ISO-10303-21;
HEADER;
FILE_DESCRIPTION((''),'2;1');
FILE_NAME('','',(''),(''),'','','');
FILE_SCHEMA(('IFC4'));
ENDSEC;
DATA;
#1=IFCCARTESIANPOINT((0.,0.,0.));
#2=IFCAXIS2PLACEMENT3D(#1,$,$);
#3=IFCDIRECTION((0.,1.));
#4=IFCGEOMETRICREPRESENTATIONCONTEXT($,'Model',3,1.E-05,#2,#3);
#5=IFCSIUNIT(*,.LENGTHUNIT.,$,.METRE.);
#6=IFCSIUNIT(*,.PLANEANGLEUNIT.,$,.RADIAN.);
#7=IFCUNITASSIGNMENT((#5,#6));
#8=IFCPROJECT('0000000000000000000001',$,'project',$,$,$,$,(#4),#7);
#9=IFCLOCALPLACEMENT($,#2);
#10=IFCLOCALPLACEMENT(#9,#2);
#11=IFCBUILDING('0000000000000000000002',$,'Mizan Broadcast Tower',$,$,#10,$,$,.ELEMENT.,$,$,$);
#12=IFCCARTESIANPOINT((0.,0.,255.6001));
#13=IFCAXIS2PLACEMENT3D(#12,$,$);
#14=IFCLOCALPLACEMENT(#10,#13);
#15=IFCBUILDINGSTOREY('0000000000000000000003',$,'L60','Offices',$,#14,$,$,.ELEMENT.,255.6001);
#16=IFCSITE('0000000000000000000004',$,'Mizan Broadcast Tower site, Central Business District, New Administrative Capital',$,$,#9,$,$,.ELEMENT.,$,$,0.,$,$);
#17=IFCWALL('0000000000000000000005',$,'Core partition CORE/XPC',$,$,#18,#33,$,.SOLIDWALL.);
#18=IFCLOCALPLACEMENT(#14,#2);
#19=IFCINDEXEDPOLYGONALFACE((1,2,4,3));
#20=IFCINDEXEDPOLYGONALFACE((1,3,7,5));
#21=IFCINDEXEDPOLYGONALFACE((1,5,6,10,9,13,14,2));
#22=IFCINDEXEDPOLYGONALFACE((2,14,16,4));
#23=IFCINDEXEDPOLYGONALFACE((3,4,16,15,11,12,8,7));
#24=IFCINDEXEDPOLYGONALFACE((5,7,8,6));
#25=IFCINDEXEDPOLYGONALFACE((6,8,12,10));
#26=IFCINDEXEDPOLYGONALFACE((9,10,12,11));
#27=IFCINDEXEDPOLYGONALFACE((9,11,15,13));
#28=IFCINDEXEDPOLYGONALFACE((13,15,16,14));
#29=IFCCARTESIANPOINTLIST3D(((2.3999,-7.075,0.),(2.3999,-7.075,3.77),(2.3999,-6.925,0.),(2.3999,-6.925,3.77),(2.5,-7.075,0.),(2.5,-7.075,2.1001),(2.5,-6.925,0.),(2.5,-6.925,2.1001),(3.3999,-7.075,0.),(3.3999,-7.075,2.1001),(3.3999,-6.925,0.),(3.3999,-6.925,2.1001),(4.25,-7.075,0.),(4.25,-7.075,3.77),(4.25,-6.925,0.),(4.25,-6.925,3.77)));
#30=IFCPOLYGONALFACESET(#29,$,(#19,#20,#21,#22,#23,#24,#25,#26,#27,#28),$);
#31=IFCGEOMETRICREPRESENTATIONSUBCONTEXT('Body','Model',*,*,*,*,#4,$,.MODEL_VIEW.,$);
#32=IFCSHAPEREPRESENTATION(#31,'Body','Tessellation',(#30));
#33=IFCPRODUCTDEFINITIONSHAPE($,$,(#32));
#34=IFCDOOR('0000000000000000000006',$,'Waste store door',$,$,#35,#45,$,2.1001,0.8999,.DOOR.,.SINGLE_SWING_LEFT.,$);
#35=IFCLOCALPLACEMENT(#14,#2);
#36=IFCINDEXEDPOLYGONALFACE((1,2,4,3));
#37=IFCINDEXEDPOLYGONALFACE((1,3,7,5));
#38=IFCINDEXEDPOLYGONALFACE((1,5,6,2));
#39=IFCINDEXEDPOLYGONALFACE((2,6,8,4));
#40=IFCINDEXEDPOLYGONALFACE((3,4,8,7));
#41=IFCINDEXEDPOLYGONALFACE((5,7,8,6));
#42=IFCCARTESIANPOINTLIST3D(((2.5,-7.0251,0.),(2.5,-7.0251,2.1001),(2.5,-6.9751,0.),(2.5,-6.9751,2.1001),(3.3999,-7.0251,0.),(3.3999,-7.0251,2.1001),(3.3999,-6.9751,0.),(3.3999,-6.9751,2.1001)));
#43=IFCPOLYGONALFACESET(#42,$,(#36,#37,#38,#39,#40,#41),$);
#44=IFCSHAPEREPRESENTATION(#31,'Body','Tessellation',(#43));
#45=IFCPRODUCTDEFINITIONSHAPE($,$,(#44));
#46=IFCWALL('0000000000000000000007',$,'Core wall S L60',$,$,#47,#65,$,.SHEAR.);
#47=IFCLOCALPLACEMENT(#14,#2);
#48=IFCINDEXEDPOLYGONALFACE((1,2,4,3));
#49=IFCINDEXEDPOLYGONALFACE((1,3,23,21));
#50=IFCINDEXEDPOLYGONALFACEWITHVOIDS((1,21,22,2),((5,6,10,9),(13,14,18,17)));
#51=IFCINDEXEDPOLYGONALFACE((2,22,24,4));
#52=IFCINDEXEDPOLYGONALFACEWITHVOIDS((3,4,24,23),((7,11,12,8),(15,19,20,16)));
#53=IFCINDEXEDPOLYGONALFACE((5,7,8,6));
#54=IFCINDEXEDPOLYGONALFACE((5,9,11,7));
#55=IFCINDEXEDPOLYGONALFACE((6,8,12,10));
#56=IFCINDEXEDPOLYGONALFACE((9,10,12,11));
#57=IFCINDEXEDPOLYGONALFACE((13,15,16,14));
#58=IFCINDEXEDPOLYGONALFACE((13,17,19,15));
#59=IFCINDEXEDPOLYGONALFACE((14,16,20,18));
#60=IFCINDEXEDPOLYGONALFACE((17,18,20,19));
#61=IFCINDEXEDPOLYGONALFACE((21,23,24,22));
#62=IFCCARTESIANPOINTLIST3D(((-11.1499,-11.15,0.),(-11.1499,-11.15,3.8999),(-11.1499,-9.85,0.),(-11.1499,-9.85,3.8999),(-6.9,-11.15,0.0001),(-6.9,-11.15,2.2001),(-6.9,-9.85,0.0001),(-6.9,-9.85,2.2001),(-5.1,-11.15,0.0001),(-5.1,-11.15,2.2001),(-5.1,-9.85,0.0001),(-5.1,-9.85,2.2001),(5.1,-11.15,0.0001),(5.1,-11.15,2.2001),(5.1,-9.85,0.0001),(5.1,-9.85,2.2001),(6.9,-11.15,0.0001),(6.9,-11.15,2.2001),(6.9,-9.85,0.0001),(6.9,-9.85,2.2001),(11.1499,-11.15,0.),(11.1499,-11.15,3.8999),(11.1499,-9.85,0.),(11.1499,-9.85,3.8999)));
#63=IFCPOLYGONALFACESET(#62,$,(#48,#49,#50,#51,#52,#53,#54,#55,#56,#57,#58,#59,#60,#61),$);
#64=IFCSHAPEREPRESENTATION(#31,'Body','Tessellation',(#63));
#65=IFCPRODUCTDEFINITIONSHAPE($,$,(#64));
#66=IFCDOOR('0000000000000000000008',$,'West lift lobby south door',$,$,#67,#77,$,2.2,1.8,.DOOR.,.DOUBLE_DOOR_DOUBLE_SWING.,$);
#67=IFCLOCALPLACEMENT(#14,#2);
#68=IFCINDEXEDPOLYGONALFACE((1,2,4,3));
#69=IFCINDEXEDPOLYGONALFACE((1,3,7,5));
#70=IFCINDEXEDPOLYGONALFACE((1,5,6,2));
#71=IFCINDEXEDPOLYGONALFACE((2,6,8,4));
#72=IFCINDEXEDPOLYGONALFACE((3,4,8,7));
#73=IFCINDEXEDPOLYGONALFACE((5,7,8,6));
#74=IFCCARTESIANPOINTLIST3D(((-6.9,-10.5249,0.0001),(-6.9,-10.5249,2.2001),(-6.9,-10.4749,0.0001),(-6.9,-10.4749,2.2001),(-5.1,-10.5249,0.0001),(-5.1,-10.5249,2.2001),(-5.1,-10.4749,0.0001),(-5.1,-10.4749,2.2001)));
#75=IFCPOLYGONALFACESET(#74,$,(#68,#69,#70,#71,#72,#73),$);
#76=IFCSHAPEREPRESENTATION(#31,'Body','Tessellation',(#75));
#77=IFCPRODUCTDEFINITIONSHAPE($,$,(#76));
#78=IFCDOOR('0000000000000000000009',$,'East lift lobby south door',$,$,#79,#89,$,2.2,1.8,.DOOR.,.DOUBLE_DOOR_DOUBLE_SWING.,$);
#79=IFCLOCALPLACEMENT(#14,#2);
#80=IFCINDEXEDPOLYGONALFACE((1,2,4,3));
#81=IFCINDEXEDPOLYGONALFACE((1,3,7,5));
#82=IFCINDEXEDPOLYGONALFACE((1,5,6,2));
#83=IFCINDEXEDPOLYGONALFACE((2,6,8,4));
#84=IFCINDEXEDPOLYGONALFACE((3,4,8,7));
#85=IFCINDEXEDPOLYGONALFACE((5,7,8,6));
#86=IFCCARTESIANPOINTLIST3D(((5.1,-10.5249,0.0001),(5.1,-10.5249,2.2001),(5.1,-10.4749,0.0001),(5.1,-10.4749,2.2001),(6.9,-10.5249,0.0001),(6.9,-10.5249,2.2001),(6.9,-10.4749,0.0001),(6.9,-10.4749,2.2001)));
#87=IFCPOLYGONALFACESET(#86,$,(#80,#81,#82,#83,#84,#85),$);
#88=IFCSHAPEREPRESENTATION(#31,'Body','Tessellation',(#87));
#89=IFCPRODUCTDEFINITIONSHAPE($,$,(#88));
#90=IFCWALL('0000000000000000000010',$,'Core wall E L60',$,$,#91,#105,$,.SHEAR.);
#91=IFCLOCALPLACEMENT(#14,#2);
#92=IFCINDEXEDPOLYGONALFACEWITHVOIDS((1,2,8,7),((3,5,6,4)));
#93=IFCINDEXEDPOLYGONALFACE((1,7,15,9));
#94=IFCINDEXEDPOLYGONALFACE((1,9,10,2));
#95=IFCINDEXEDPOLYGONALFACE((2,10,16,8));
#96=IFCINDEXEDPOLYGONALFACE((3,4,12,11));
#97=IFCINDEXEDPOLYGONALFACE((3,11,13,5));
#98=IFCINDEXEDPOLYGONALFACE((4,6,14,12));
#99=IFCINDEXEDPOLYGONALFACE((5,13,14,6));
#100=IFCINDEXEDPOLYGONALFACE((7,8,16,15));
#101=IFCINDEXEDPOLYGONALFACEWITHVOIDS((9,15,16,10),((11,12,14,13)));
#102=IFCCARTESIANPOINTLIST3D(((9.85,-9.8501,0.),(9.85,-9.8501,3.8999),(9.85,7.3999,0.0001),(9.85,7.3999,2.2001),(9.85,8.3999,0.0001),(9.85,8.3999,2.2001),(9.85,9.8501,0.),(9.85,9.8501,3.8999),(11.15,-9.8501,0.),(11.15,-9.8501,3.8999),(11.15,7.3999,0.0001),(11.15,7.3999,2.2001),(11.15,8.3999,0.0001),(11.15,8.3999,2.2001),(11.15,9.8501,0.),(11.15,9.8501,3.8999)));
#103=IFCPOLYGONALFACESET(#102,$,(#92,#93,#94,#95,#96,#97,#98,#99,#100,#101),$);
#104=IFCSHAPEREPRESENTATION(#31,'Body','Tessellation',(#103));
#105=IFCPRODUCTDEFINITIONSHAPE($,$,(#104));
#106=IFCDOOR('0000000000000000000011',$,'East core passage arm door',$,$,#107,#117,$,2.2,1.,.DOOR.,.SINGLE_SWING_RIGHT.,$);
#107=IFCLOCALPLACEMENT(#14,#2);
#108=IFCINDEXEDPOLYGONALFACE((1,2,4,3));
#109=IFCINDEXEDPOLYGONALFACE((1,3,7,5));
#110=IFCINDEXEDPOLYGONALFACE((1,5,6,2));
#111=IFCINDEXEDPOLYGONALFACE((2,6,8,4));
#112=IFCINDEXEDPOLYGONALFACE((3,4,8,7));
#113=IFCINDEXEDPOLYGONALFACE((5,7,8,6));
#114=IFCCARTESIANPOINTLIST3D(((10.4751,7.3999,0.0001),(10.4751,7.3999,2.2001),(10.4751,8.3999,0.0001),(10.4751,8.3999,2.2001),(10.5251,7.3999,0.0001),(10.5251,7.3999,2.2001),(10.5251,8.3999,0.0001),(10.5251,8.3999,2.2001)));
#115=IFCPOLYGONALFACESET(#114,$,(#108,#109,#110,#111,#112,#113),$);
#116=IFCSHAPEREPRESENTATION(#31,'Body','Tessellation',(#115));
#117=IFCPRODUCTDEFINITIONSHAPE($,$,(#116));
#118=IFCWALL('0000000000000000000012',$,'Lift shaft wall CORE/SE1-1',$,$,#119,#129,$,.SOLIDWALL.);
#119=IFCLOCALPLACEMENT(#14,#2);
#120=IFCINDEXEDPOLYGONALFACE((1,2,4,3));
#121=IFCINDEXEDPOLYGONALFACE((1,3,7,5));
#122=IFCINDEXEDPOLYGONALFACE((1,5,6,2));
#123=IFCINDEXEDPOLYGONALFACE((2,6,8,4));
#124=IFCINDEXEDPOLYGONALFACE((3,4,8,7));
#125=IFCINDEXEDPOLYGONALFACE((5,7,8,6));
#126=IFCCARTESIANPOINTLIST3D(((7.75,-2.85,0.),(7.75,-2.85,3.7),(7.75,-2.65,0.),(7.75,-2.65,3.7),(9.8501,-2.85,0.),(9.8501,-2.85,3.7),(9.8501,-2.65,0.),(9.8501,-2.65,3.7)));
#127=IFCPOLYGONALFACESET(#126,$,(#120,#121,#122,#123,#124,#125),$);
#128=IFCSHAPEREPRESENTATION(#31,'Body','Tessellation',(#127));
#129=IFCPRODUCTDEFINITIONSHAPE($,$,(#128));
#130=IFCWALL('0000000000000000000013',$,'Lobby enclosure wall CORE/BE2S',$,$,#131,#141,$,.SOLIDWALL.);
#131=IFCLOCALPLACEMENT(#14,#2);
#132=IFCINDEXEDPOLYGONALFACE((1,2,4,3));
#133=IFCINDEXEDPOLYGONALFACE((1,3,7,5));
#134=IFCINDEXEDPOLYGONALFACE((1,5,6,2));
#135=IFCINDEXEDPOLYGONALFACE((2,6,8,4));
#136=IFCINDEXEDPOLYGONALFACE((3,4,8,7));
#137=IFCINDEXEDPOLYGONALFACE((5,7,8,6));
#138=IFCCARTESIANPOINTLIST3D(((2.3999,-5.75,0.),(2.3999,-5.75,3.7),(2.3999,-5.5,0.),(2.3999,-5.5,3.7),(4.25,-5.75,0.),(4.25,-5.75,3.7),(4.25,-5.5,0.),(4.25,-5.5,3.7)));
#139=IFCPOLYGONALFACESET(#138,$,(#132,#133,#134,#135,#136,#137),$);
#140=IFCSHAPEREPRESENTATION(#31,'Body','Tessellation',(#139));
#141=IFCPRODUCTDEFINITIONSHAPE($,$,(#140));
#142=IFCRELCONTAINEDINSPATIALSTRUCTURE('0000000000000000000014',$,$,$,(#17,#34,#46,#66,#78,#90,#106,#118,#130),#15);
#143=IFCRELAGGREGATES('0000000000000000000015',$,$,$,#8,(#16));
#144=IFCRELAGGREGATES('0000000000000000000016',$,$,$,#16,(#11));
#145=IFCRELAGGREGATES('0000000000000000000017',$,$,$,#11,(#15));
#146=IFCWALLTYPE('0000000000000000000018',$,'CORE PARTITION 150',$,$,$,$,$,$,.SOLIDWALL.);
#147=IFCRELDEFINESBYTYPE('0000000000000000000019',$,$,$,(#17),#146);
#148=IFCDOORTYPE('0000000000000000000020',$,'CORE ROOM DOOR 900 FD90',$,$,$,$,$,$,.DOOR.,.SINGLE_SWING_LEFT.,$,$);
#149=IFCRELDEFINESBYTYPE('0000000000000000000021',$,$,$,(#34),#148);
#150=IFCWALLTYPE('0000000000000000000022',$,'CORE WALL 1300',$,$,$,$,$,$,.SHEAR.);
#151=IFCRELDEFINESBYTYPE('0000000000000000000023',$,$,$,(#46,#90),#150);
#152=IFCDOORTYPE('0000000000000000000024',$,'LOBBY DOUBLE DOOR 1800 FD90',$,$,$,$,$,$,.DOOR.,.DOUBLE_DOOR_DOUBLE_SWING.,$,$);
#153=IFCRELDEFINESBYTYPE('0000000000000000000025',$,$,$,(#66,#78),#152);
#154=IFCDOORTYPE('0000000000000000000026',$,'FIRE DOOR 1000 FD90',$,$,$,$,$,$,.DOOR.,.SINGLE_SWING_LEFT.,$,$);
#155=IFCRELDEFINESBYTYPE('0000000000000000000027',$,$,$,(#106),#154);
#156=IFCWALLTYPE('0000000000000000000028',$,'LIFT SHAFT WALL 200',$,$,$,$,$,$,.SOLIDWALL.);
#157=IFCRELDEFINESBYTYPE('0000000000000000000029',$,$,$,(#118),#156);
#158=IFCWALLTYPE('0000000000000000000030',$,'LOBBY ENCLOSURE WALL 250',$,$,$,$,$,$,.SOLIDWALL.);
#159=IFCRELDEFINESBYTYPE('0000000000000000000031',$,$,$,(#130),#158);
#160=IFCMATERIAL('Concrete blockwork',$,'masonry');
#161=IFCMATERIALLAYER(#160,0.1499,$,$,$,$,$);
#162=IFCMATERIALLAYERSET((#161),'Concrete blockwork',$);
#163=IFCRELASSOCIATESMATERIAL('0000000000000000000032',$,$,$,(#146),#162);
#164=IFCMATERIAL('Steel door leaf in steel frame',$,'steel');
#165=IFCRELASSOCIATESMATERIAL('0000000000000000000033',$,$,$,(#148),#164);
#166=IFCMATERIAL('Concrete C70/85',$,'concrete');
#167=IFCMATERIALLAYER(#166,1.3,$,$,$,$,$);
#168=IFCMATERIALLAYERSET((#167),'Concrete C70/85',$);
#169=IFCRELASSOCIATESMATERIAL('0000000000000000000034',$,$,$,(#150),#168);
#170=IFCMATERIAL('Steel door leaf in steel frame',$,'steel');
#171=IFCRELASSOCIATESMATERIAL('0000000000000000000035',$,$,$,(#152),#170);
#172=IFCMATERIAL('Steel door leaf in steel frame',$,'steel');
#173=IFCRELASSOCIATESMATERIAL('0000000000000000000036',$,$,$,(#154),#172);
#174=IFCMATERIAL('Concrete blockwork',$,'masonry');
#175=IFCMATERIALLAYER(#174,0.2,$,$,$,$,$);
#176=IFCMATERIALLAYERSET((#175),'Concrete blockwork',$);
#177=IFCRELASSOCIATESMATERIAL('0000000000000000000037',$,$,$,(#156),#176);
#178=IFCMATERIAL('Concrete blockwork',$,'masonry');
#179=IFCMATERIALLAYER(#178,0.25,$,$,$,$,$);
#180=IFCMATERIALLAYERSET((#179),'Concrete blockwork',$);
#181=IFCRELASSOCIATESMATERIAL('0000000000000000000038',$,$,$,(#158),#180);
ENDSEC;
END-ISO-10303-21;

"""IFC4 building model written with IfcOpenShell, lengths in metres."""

from ifc_helpers import new_model, si_unit, direction, frame, frame_2d, origin, place, context, subcontext, project, spatial, rectangle, extrude, material, layer, layer_set, type_object, element, fill, save


model = new_model("IFC4")

# Units and contexts
model_context = context("Model", 3, precision=1e-05, world=origin(), true_north=direction((0.0, 1.0)))
body_context = subcontext(model_context, "Body", "Model", "MODEL_VIEW")
ifc_project = project(units=[si_unit("LENGTHUNIT", "METRE"), si_unit("PLANEANGLEUNIT", "RADIAN")], contexts=[model_context])

# Site, building, storey
site_placement = place(None, origin())
site = spatial("IfcSite", under=ifc_project, at=site_placement, Name="Mizan Broadcast Tower site, Central Business District, New Administrative Capital", CompositionType="ELEMENT", RefElevation=0.0)
building_placement = place(site_placement, origin())
building = spatial("IfcBuilding", under=site, at=building_placement, Name="Mizan Broadcast Tower", CompositionType="ELEMENT")
storey_placement = place(building_placement, frame((0.0, 0.0, 255.6001)))
storey = spatial("IfcBuildingStorey", under=building, at=storey_placement, Name="L60", Description="Offices", CompositionType="ELEMENT", Elevation=255.6001)

# Wall, opening, door
ifc_material_1 = material(Name="Concrete blockwork", Category="masonry")
ifc_layer_1 = layer(ifc_material_1, 0.1499)
ifc_layer_set_1 = layer_set([ifc_layer_1], Name="Concrete blockwork")
wall_type_1 = type_object("IfcWallType", Name="CORE PARTITION 150", PredefinedType="SOLIDWALL", material=ifc_layer_set_1)
wall_1_placement = place(storey_placement, frame((2.3999, -7.0, 0.0), z_axis=(0.0, 0.0, 1.0), x_axis=(1.0, 0.0, 0.0)))
wall_1 = element("IfcWall", 1, at=wall_1_placement, inside=storey, type_object=wall_type_1, Name="Core partition CORE/XPC", PredefinedType="SOLIDWALL", context=body_context, shape_type="SweptSolid", body=[
    extrude(rectangle(XDim=1.8501, YDim=0.1499, at=frame_2d((0.925, 0.0))), origin(), (0.0, 0.0, 1.0), 3.77),
])
opening_1_placement = place(wall_1_placement, frame((0.1001, 0.0, 0.0)))
opening_1 = element("IfcOpeningElement", 2, at=opening_1_placement, cuts=wall_1, PredefinedType="OPENING", context=body_context, shape_type="SweptSolid", body=[
    extrude(rectangle(XDim=0.8999, YDim=2.1001, at=frame_2d((0.45, 1.05))), frame((0.0, 0.085, 0.0), z_axis=(0.0, -1.0, 0.0), x_axis=(1.0, 0.0, 0.0)), (0.0, 0.0, 1.0), 0.1699),
])
ifc_material_2 = material(Name="Steel door leaf in steel frame", Category="steel")
door_type_1 = type_object("IfcDoorType", Name="CORE ROOM DOOR 900 FD90", OperationType="SINGLE_SWING_LEFT", PredefinedType="DOOR", material=ifc_material_2)
door_1_placement = place(opening_1_placement, origin())
door_1 = element("IfcDoor", 3, at=door_1_placement, inside=storey, type_object=door_type_1, Name="Waste store door", OperationType="SINGLE_SWING_LEFT", OverallHeight=2.1001, OverallWidth=0.8999, PredefinedType="DOOR", context=body_context, shape_type="SweptSolid", body=[
    extrude(rectangle(XDim=0.8999, YDim=2.1001, at=frame_2d((0.45, 1.05))), frame((0.0, 0.0249, 0.0), z_axis=(0.0, -1.0, 0.0), x_axis=(1.0, 0.0, 0.0)), (0.0, 0.0, 1.0), 0.05),
])
fill(opening_1, door_1)

# Wall, openings, doors
ifc_material_3 = material(Name="Concrete C70/85", Category="concrete")
ifc_layer_2 = layer(ifc_material_3, 1.3)
ifc_layer_set_2 = layer_set([ifc_layer_2], Name="Concrete C70/85")
wall_type_2 = type_object("IfcWallType", Name="CORE WALL 1300", PredefinedType="SHEAR", material=ifc_layer_set_2)
wall_2_placement = place(storey_placement, frame((11.1499, -10.5, 0.0), z_axis=(0.0, 0.0, 1.0), x_axis=(-1.0, 0.0, 0.0)))
wall_2 = element("IfcWall", 4, at=wall_2_placement, inside=storey, type_object=wall_type_2, Name="Core wall S L60", PredefinedType="SHEAR", context=body_context, shape_type="SweptSolid", body=[
    extrude(rectangle(XDim=22.2998, YDim=1.3, at=frame_2d((11.1499, 0.0))), origin(), (0.0, 0.0, 1.0), 3.8999),
])
opening_2_placement = place(wall_2_placement, frame((16.25, 0.0, 0.0)))
opening_2 = element("IfcOpeningElement", 5, at=opening_2_placement, cuts=wall_2, PredefinedType="OPENING", context=body_context, shape_type="SweptSolid", body=[
    extrude(rectangle(XDim=1.8, YDim=2.2, at=frame_2d((0.8999, 1.1001))), frame((0.0, 0.6599, 0.0), z_axis=(0.0, -1.0, 0.0), x_axis=(1.0, 0.0, 0.0)), (0.0, 0.0, 1.0), 1.3201),
])
opening_3_placement = place(wall_2_placement, frame((4.25, 0.0, 0.0)))
opening_3 = element("IfcOpeningElement", 6, at=opening_3_placement, cuts=wall_2, PredefinedType="OPENING", context=body_context, shape_type="SweptSolid", body=[
    extrude(rectangle(XDim=1.8, YDim=2.2, at=frame_2d((0.8999, 1.1001))), frame((0.0, 0.6599, 0.0), z_axis=(0.0, -1.0, 0.0), x_axis=(1.0, 0.0, 0.0)), (0.0, 0.0, 1.0), 1.3201),
])
ifc_material_4 = material(Name="Steel door leaf in steel frame", Category="steel")
door_type_2 = type_object("IfcDoorType", Name="LOBBY DOUBLE DOOR 1800 FD90", OperationType="DOUBLE_DOOR_DOUBLE_SWING", PredefinedType="DOOR", material=ifc_material_4)
door_2_placement = place(opening_2_placement, origin())
door_2 = element("IfcDoor", 7, at=door_2_placement, inside=storey, type_object=door_type_2, Name="West lift lobby south door", OperationType="DOUBLE_DOOR_DOUBLE_SWING", OverallHeight=2.2, OverallWidth=1.8, PredefinedType="DOOR", context=body_context, shape_type="SweptSolid", body=[
    extrude(rectangle(XDim=1.8, YDim=2.2, at=frame_2d((0.8999, 1.1001))), frame((0.0, 0.0249, 0.0), z_axis=(0.0, -1.0, 0.0), x_axis=(1.0, 0.0, 0.0)), (0.0, 0.0, 1.0), 0.05),
])
fill(opening_2, door_2)
door_3_placement = place(opening_3_placement, origin())
door_3 = element("IfcDoor", 8, at=door_3_placement, inside=storey, type_object=door_type_2, Name="East lift lobby south door", OperationType="DOUBLE_DOOR_DOUBLE_SWING", OverallHeight=2.2, OverallWidth=1.8, PredefinedType="DOOR", context=body_context, shape_type="SweptSolid", body=[
    extrude(rectangle(XDim=1.8, YDim=2.2, at=frame_2d((0.8999, 1.1001))), frame((0.0, 0.0249, 0.0), z_axis=(0.0, -1.0, 0.0), x_axis=(1.0, 0.0, 0.0)), (0.0, 0.0, 1.0), 0.05),
])
fill(opening_3, door_3)

# Wall, opening, door
wall_3_placement = place(storey_placement, frame((10.5, -9.8501, 0.0), z_axis=(0.0, 0.0, 1.0), x_axis=(0.0, 1.0, 0.0)))
wall_3 = element("IfcWall", 9, at=wall_3_placement, inside=storey, type_object=wall_type_2, Name="Core wall E L60", PredefinedType="SHEAR", context=body_context, shape_type="SweptSolid", body=[
    extrude(rectangle(XDim=19.7002, YDim=1.3, at=frame_2d((9.8501, 0.0))), origin(), (0.0, 0.0, 1.0), 3.8999),
])
opening_4_placement = place(wall_3_placement, frame((17.25, 0.0, 0.0)))
opening_4 = element("IfcOpeningElement", 10, at=opening_4_placement, cuts=wall_3, PredefinedType="OPENING", context=body_context, shape_type="SweptSolid", body=[
    extrude(rectangle(XDim=1.0, YDim=2.2, at=frame_2d((0.5, 1.1001))), frame((0.0, 0.6599, 0.0), z_axis=(0.0, -1.0, 0.0), x_axis=(1.0, 0.0, 0.0)), (0.0, 0.0, 1.0), 1.3201),
])
ifc_material_5 = material(Name="Steel door leaf in steel frame", Category="steel")
door_type_3 = type_object("IfcDoorType", Name="FIRE DOOR 1000 FD90", OperationType="SINGLE_SWING_LEFT", PredefinedType="DOOR", material=ifc_material_5)
door_4_placement = place(opening_4_placement, origin())
door_4 = element("IfcDoor", 11, at=door_4_placement, inside=storey, type_object=door_type_3, Name="East core passage arm door", OperationType="SINGLE_SWING_RIGHT", OverallHeight=2.2, OverallWidth=1.0, PredefinedType="DOOR", context=body_context, shape_type="SweptSolid", body=[
    extrude(rectangle(XDim=1.0, YDim=2.2, at=frame_2d((0.5, 1.1001))), frame((0.0, 0.0249, 0.0), z_axis=(0.0, -1.0, 0.0), x_axis=(1.0, 0.0, 0.0)), (0.0, 0.0, 1.0), 0.05),
])
fill(opening_4, door_4)

# Walls
ifc_material_6 = material(Name="Concrete blockwork", Category="masonry")
ifc_layer_3 = layer(ifc_material_6, 0.2)
ifc_layer_set_3 = layer_set([ifc_layer_3], Name="Concrete blockwork")
wall_type_3 = type_object("IfcWallType", Name="LIFT SHAFT WALL 200", PredefinedType="SOLIDWALL", material=ifc_layer_set_3)
wall_4_placement = place(storey_placement, frame((7.75, -2.75, 0.0), z_axis=(0.0, 0.0, 1.0), x_axis=(1.0, 0.0, 0.0)))
element("IfcWall", 12, at=wall_4_placement, inside=storey, type_object=wall_type_3, Name="Lift shaft wall CORE/SE1-1", PredefinedType="SOLIDWALL", context=body_context, shape_type="SweptSolid", body=[
    extrude(rectangle(XDim=2.1001, YDim=0.2, at=frame_2d((1.05, 0.0))), origin(), (0.0, 0.0, 1.0), 3.7),
])
ifc_material_7 = material(Name="Concrete blockwork", Category="masonry")
ifc_layer_4 = layer(ifc_material_7, 0.25)
ifc_layer_set_4 = layer_set([ifc_layer_4], Name="Concrete blockwork")
wall_type_4 = type_object("IfcWallType", Name="LOBBY ENCLOSURE WALL 250", PredefinedType="SOLIDWALL", material=ifc_layer_set_4)
wall_5_placement = place(storey_placement, frame((2.3999, -5.625, 0.0), z_axis=(0.0, 0.0, 1.0), x_axis=(1.0, 0.0, 0.0)))
element("IfcWall", 13, at=wall_5_placement, inside=storey, type_object=wall_type_4, Name="Lobby enclosure wall CORE/BE2S", PredefinedType="SOLIDWALL", context=body_context, shape_type="SweptSolid", body=[
    extrude(rectangle(XDim=1.8501, YDim=0.25, at=frame_2d((0.925, 0.0))), origin(), (0.0, 0.0, 1.0), 3.7),
])

save(model, "model.ifc")
